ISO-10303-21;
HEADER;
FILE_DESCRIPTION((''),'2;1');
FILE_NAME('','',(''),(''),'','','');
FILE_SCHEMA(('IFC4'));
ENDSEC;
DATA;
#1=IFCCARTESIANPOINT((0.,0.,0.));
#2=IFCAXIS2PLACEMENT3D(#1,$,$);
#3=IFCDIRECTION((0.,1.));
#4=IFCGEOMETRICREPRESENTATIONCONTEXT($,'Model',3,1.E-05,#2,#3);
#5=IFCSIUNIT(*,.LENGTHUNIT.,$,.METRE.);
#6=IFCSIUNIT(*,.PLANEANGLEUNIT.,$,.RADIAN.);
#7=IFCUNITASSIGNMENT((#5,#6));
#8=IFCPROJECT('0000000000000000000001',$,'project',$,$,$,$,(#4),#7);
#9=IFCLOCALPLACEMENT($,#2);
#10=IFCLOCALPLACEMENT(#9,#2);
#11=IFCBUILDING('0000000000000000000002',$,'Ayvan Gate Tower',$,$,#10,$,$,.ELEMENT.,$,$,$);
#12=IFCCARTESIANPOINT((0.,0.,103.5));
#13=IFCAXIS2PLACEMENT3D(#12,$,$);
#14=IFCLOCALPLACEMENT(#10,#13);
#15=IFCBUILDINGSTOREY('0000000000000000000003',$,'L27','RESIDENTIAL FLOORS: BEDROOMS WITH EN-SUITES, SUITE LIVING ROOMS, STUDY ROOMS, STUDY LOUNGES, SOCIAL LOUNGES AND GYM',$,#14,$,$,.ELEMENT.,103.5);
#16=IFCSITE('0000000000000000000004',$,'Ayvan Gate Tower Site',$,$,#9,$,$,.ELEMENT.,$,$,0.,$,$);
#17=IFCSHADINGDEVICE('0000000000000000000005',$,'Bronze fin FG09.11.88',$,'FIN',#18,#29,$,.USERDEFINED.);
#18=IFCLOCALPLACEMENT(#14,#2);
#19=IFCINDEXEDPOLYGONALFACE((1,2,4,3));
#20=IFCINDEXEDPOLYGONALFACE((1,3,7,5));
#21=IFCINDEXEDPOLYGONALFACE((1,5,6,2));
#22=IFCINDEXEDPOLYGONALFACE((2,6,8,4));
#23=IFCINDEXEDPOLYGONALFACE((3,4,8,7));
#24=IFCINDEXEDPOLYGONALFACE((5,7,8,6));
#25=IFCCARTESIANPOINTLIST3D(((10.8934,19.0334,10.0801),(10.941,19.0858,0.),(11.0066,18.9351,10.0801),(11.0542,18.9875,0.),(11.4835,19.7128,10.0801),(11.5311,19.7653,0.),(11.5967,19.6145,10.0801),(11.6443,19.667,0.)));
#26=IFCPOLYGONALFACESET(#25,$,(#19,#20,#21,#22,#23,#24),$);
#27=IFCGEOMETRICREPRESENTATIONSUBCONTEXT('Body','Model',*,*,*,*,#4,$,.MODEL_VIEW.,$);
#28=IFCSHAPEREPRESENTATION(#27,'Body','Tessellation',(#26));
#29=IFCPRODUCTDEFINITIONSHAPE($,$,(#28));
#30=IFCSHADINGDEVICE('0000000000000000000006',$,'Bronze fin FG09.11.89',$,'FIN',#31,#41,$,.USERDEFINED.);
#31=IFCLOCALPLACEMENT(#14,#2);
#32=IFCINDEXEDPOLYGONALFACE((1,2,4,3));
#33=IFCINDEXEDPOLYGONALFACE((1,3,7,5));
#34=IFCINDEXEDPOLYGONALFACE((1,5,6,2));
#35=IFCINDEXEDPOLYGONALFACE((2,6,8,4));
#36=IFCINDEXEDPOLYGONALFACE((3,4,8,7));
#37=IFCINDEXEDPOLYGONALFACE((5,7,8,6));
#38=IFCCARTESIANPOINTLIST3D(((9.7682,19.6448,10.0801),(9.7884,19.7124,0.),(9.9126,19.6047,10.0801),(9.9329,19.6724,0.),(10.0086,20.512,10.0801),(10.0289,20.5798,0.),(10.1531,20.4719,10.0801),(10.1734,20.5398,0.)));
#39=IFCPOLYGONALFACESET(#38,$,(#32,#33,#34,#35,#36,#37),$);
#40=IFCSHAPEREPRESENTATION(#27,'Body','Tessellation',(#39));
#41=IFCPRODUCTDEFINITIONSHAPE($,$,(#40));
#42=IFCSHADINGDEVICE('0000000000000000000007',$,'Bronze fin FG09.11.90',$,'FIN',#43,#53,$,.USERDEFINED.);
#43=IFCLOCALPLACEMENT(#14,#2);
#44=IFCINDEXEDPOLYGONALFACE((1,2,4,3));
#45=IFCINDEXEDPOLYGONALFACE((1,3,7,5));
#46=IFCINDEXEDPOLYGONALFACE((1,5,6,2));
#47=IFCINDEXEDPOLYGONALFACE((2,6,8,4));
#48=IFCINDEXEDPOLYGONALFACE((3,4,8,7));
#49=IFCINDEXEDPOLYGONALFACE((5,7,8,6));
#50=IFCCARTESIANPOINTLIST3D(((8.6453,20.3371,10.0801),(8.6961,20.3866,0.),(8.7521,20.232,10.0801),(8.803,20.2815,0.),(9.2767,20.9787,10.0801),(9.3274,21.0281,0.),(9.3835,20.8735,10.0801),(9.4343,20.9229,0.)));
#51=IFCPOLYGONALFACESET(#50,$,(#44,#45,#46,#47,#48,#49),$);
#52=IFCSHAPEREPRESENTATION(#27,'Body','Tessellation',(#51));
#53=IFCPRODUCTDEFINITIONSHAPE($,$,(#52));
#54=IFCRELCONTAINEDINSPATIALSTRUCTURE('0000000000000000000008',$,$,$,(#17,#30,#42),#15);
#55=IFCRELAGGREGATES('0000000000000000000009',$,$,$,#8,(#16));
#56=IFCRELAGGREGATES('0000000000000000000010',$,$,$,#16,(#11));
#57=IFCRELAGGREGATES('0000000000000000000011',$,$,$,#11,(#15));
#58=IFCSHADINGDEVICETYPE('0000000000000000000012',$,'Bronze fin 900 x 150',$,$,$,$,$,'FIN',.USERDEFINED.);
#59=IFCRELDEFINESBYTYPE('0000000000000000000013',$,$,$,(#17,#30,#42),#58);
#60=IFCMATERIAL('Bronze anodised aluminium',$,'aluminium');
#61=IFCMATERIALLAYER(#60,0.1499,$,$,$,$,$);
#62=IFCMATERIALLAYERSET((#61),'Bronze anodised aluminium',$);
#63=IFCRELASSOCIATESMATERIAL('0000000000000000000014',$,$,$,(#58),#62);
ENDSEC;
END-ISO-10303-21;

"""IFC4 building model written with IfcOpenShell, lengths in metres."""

from ifc_helpers import new_model, si_unit, direction, frame, origin, place, context, subcontext, project, spatial, polyline, outline, extrude, material, layer, layer_set, type_object, element, save


model = new_model("IFC4")

# Units and contexts
model_context = context("Model", 3, precision=1e-05, world=origin(), true_north=direction((0.0, 1.0)))
body_context = subcontext(model_context, "Body", "Model", "MODEL_VIEW")
ifc_project = project(units=[si_unit("LENGTHUNIT", "METRE"), si_unit("PLANEANGLEUNIT", "RADIAN")], contexts=[model_context])

# Site, building, storey
site_placement = place(None, origin())
site = spatial("IfcSite", under=ifc_project, at=site_placement, Name="Ayvan Gate Tower Site", CompositionType="ELEMENT", RefElevation=0.0)
building_placement = place(site_placement, origin())
building = spatial("IfcBuilding", under=site, at=building_placement, Name="Ayvan Gate Tower", CompositionType="ELEMENT")
storey_placement = place(building_placement, frame((0.0, 0.0, 103.5)))
storey = spatial("IfcBuildingStorey", under=building, at=storey_placement, Name="L27", Description="RESIDENTIAL FLOORS: BEDROOMS WITH EN-SUITES, SUITE LIVING ROOMS, STUDY ROOMS, STUDY LOUNGES, SOCIAL LOUNGES AND GYM", CompositionType="ELEMENT", Elevation=103.5)

# Shared definitions
ifc_material_1 = material(Name="Bronze anodised aluminium", Category="aluminium")

# Shading devices
ifc_layer_1 = layer(ifc_material_1, 0.1499)
ifc_layer_set_1 = layer_set([ifc_layer_1], Name="Bronze anodised aluminium")
shading_device_type = type_object("IfcShadingDeviceType", Name="Bronze fin 900 x 150", ElementType="FIN", PredefinedType="USERDEFINED", material=ifc_layer_set_1)
shading_device_1_placement = place(storey_placement, frame((11.0542, 18.9875, 0.0), z_axis=(0.755008, -0.655715, 0.000151), x_axis=(0.655715, 0.755008, 0.0)))
element("IfcShadingDevice", 1, at=shading_device_1_placement, inside=storey, type_object=shading_device_type, Name="Bronze fin FG09.11.88", ObjectType="FIN", PredefinedType="USERDEFINED", context=body_context, shape_type="SweptSolid", body=[
    extrude(outline(polyline([(0.0, 0.0), (0.8999, 0.0), (0.8291, 10.0801), (-0.0708, 10.0801), (0.0, 0.0)])), origin(), (0.0, 0.0, -1.0), 0.1499),
])
shading_device_2_placement = place(storey_placement, frame((9.9329, 19.6724, 0.0), z_axis=(0.963644, -0.267189, 0.000141), x_axis=(0.267189, 0.963644, 0.0)))
element("IfcShadingDevice", 2, at=shading_device_2_placement, inside=storey, type_object=shading_device_type, Name="Bronze fin FG09.11.89", ObjectType="FIN", PredefinedType="USERDEFINED", context=body_context, shape_type="SweptSolid", body=[
    extrude(outline(polyline([(0.0, 0.0), (0.9001, 0.0), (0.8293, 10.0801), (-0.0706, 10.0801), (0.0, 0.0)])), origin(), (0.0, 0.0, -1.0), 0.1499),
])
shading_device_3_placement = place(storey_placement, frame((8.803, 20.2815, 0.0), z_axis=(0.712713, -0.701456, 0.00015), x_axis=(0.701456, 0.712713, 0.0)))
element("IfcShadingDevice", 3, at=shading_device_3_placement, inside=storey, type_object=shading_device_type, Name="Bronze fin FG09.11.90", ObjectType="FIN", PredefinedType="USERDEFINED", context=body_context, shape_type="SweptSolid", body=[
    extrude(outline(polyline([(0.0, 0.0), (0.9, 0.0), (0.8292, 10.0801), (-0.0709, 10.0801), (0.0, 0.0)])), origin(), (0.0, 0.0, -1.0), 0.1499),
])

save(model, "model.ifc")
